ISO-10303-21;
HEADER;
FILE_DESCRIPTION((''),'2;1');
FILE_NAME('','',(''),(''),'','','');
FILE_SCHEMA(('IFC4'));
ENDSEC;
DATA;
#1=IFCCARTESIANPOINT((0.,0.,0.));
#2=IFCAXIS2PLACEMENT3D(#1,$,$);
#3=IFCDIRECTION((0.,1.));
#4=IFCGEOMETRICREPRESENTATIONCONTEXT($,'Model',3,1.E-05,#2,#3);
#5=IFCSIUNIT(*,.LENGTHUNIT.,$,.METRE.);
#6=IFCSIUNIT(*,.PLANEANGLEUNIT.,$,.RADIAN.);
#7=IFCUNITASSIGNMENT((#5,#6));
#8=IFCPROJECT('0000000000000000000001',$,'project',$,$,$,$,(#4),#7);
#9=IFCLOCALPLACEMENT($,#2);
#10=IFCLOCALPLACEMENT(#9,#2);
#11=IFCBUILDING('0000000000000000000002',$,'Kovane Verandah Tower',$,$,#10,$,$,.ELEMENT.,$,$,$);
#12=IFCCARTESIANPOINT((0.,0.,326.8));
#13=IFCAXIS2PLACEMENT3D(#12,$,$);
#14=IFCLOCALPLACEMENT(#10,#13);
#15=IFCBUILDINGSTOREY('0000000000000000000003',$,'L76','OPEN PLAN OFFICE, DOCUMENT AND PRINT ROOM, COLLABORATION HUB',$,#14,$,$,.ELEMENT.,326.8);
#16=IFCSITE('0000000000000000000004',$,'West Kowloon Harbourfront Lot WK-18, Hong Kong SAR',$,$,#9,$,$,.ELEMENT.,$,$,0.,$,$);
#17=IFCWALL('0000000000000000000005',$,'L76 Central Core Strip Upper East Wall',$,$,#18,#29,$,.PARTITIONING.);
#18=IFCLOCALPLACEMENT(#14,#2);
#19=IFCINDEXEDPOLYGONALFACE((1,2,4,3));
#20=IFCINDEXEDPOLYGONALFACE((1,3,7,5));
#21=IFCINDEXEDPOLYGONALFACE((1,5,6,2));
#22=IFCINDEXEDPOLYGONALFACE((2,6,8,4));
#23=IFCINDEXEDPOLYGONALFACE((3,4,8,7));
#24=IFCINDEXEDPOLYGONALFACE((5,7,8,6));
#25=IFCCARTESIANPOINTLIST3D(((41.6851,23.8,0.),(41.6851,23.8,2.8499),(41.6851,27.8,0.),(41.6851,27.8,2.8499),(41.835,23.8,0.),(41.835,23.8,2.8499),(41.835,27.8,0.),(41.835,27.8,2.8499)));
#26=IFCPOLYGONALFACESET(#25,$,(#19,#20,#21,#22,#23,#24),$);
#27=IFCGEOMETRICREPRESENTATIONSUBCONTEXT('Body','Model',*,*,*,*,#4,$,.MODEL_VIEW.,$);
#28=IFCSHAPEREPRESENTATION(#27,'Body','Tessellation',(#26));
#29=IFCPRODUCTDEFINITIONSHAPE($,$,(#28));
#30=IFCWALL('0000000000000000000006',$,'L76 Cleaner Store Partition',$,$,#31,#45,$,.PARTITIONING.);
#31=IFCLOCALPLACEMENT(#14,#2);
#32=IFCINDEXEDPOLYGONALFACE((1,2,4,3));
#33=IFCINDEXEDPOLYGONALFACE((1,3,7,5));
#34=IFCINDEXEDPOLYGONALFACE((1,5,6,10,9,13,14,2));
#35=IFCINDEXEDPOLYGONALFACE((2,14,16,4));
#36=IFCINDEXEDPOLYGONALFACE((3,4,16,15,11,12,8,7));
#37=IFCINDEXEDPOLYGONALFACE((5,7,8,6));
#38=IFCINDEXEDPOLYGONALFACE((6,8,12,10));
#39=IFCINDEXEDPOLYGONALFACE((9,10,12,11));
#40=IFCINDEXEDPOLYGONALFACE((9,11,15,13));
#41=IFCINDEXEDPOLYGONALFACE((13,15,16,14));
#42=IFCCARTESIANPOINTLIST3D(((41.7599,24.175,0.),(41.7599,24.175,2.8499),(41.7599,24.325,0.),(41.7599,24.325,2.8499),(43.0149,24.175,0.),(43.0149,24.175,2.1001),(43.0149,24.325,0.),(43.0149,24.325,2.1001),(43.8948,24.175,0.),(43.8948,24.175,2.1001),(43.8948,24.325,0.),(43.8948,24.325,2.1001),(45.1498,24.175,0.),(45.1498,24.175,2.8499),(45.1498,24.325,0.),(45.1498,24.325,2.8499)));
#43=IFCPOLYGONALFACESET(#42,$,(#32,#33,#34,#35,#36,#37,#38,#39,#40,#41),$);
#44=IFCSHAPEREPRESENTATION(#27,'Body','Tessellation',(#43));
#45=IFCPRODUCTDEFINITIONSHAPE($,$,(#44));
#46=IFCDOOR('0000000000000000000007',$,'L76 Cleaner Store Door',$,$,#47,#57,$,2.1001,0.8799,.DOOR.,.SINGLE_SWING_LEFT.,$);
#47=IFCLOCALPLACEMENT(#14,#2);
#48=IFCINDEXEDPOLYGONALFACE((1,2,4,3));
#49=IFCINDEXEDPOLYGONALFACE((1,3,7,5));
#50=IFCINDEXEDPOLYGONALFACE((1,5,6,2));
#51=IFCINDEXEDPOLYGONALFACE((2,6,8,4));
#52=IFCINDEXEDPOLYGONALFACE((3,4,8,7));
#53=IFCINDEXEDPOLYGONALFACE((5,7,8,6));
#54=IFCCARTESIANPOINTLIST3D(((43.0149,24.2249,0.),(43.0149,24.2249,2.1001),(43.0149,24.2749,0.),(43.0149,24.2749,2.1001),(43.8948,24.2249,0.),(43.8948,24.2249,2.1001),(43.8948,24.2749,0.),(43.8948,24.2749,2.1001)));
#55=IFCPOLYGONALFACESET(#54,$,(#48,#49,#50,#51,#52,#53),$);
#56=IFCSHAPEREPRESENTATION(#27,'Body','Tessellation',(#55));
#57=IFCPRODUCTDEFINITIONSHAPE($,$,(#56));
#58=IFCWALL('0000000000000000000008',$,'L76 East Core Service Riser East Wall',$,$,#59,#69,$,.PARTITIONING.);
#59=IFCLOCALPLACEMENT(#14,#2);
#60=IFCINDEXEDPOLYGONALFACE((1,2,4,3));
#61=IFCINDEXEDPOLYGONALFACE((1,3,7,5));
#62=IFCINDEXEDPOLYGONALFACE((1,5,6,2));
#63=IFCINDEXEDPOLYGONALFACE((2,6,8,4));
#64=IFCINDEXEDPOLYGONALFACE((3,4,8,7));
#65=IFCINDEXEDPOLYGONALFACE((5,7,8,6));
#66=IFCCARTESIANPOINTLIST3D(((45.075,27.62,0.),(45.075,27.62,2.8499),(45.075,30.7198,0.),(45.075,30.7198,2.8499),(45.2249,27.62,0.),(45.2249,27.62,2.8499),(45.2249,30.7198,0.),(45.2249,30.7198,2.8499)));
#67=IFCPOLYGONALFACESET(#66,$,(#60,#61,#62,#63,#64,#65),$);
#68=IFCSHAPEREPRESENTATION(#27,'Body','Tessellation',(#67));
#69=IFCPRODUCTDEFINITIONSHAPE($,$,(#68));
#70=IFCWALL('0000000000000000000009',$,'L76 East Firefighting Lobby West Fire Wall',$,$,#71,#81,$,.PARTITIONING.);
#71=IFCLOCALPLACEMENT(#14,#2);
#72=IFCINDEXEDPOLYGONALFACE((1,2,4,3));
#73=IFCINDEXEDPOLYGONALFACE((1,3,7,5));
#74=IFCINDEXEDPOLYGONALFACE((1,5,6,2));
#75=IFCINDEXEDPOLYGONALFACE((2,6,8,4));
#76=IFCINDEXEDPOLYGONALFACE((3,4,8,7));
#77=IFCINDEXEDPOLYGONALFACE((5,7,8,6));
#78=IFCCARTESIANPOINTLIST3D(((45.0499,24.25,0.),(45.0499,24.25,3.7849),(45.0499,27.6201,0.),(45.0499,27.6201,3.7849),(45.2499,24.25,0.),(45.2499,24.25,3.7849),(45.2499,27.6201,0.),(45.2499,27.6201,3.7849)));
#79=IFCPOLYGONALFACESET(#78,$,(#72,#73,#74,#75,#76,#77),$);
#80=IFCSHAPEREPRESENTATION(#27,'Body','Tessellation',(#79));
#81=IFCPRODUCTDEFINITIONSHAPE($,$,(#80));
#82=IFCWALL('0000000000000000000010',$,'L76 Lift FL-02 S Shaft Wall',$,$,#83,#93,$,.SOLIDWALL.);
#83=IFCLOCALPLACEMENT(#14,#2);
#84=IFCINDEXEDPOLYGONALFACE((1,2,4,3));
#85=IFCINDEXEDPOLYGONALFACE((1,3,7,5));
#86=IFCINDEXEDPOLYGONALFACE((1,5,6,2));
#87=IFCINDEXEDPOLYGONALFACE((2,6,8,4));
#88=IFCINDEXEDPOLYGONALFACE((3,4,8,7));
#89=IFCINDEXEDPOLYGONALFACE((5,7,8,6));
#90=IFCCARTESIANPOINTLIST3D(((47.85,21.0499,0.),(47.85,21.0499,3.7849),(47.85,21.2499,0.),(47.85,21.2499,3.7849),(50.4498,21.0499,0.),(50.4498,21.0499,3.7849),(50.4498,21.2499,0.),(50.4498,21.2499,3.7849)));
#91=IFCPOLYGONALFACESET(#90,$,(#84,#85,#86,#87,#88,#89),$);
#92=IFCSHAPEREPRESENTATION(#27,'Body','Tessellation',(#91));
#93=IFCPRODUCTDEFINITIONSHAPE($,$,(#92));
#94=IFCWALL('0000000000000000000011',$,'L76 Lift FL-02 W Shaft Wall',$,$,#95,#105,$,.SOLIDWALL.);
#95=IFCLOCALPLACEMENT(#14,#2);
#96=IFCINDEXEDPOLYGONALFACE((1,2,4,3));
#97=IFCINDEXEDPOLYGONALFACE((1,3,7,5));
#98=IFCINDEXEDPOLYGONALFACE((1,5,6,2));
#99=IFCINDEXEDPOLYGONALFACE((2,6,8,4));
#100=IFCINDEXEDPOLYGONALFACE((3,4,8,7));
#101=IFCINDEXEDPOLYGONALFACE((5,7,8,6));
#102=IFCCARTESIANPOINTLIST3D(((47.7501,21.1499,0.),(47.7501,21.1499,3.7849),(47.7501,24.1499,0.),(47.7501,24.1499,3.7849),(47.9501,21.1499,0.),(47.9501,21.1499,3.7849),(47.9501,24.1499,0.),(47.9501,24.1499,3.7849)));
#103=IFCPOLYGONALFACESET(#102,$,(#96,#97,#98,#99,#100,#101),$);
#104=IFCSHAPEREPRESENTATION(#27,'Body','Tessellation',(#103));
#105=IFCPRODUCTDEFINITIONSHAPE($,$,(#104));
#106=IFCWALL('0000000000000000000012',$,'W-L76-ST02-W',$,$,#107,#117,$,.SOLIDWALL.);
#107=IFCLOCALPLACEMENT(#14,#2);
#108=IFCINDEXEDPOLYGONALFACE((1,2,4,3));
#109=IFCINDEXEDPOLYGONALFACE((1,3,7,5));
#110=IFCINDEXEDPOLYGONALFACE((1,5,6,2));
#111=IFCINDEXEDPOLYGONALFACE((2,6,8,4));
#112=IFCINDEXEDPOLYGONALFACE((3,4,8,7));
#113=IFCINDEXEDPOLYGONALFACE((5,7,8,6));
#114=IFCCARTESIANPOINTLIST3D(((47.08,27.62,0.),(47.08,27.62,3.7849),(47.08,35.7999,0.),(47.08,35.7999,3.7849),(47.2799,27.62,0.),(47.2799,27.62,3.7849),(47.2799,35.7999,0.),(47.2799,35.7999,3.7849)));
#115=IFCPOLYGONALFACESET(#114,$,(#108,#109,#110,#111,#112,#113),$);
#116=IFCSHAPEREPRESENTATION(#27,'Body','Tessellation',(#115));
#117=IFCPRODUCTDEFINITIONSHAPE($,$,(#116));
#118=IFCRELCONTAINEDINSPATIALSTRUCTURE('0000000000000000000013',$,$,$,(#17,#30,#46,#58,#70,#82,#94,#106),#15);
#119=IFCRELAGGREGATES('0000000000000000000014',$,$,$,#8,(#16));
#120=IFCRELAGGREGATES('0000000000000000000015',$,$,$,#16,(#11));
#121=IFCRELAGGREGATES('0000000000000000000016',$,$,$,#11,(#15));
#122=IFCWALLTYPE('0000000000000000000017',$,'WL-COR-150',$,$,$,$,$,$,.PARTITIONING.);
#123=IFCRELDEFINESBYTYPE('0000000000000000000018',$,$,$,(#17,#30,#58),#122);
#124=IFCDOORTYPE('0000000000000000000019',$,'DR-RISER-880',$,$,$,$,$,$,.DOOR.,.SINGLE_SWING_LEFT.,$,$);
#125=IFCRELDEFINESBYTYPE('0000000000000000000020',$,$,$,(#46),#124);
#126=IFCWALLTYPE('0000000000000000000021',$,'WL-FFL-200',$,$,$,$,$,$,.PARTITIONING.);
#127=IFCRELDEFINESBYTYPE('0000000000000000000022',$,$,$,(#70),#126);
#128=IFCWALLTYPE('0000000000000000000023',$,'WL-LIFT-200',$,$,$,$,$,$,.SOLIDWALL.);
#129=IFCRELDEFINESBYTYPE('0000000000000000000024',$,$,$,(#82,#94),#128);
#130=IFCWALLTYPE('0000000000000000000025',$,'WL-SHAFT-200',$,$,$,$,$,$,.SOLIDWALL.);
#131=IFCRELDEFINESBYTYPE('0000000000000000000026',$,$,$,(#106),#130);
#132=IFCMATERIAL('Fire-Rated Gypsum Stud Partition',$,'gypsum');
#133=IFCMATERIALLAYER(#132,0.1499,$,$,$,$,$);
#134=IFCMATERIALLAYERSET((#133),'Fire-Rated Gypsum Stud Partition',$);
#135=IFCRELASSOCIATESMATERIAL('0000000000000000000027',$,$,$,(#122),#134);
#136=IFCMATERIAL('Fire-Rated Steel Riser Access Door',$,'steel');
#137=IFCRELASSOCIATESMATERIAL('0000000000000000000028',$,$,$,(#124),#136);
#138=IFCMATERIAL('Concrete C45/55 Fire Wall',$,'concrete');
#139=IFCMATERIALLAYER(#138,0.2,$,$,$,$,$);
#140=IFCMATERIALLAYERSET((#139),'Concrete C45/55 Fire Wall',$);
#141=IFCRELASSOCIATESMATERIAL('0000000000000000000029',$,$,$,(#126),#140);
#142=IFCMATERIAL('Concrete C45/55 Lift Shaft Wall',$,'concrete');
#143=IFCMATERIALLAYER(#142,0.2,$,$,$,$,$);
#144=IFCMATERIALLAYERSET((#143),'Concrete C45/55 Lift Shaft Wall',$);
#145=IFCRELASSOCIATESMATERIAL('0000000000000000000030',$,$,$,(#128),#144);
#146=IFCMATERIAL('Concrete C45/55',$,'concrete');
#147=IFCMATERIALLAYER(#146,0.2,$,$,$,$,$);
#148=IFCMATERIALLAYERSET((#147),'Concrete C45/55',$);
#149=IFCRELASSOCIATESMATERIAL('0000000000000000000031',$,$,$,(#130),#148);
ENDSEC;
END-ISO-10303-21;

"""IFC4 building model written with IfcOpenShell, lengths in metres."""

from ifc_helpers import new_model, si_unit, direction, frame, frame_2d, origin, place, context, subcontext, project, spatial, rectangle, extrude, material, layer, layer_set, type_object, element, fill, save


model = new_model("IFC4")

# Units and contexts
model_context = context("Model", 3, precision=1e-05, world=origin(), true_north=direction((0.0, 1.0)))
body_context = subcontext(model_context, "Body", "Model", "MODEL_VIEW")
ifc_project = project(units=[si_unit("LENGTHUNIT", "METRE"), si_unit("PLANEANGLEUNIT", "RADIAN")], contexts=[model_context])

# Site, building, storey
site_placement = place(None, origin())
site = spatial("IfcSite", under=ifc_project, at=site_placement, Name="West Kowloon Harbourfront Lot WK-18, Hong Kong SAR", CompositionType="ELEMENT", RefElevation=0.0)
building_placement = place(site_placement, origin())
building = spatial("IfcBuilding", under=site, at=building_placement, Name="Kovane Verandah Tower", CompositionType="ELEMENT")
storey_placement = place(building_placement, frame((0.0, 0.0, 326.8)))
storey = spatial("IfcBuildingStorey", under=building, at=storey_placement, Name="L76", Description="OPEN PLAN OFFICE, DOCUMENT AND PRINT ROOM, COLLABORATION HUB", CompositionType="ELEMENT", Elevation=326.8)

# Wall
ifc_material_1 = material(Name="Fire-Rated Gypsum Stud Partition", Category="gypsum")
ifc_layer_1 = layer(ifc_material_1, 0.1499)
ifc_layer_set_1 = layer_set([ifc_layer_1], Name="Fire-Rated Gypsum Stud Partition")
wall_type_1 = type_object("IfcWallType", Name="WL-COR-150", PredefinedType="PARTITIONING", material=ifc_layer_set_1)
wall_1_placement = place(storey_placement, frame((41.76, 23.8, 0.0), z_axis=(0.0, 0.0, 1.0), x_axis=(0.0, 1.0, 0.0)))
element("IfcWall", 1, at=wall_1_placement, inside=storey, type_object=wall_type_1, Name="L76 Central Core Strip Upper East Wall", PredefinedType="PARTITIONING", context=body_context, shape_type="SweptSolid", body=[
    extrude(rectangle(XDim=4.0, YDim=0.1499, at=frame_2d((2.0, 0.0))), origin(), (0.0, 0.0, 1.0), 2.8499),
])

# Wall, opening, door
wall_2_placement = place(storey_placement, frame((41.76, 24.25, 0.0), z_axis=(0.0, 0.0, 1.0), x_axis=(1.0, 0.0, 0.0)))
wall_2 = element("IfcWall", 2, at=wall_2_placement, inside=storey, type_object=wall_type_1, Name="L76 Cleaner Store Partition", PredefinedType="PARTITIONING", context=body_context, shape_type="SweptSolid", body=[
    extrude(rectangle(XDim=3.3899, YDim=0.1499, at=frame_2d((1.6948, 0.0))), origin(), (0.0, 0.0, 1.0), 2.8499),
])
opening_1_placement = place(wall_2_placement, frame((1.2549, 0.0, 0.0)))
opening_1 = element("IfcOpeningElement", 3, at=opening_1_placement, cuts=wall_2, PredefinedType="OPENING", context=body_context, shape_type="SweptSolid", body=[
    extrude(rectangle(XDim=0.8799, YDim=2.1001, at=frame_2d((0.4399, 1.05))), frame((0.0, 0.075, 0.0), z_axis=(0.0, -1.0, 0.0), x_axis=(1.0, 0.0, 0.0)), (0.0, 0.0, 1.0), 0.1499),
])
ifc_material_2 = material(Name="Fire-Rated Steel Riser Access Door", Category="steel")
door_type_1 = type_object("IfcDoorType", Name="DR-RISER-880", OperationType="SINGLE_SWING_LEFT", PredefinedType="DOOR", material=ifc_material_2)
door_1_placement = place(opening_1_placement, origin())
door_1 = element("IfcDoor", 4, at=door_1_placement, inside=storey, type_object=door_type_1, Name="L76 Cleaner Store Door", OperationType="SINGLE_SWING_LEFT", OverallHeight=2.1001, OverallWidth=0.8799, PredefinedType="DOOR", context=body_context, shape_type="SweptSolid", body=[
    extrude(rectangle(XDim=0.8799, YDim=2.1001, at=frame_2d((0.4399, 1.05))), frame((0.0, 0.0249, 0.0), z_axis=(0.0, -1.0, 0.0), x_axis=(1.0, 0.0, 0.0)), (0.0, 0.0, 1.0), 0.05),
])
fill(opening_1, door_1)

# Walls
wall_3_placement = place(storey_placement, frame((45.1499, 27.6201, 0.0), z_axis=(0.0, 0.0, 1.0), x_axis=(0.0, 1.0, 0.0)))
element("IfcWall", 5, at=wall_3_placement, inside=storey, type_object=wall_type_1, Name="L76 East Core Service Riser East Wall", PredefinedType="PARTITIONING", context=body_context, shape_type="SweptSolid", body=[
    extrude(rectangle(XDim=3.0999, YDim=0.1499, at=frame_2d((1.5498, 0.0))), origin(), (0.0, 0.0, 1.0), 2.8499),
])
ifc_material_3 = material(Name="Concrete C45/55 Fire Wall", Category="concrete")
ifc_layer_2 = layer(ifc_material_3, 0.2)
ifc_layer_set_2 = layer_set([ifc_layer_2], Name="Concrete C45/55 Fire Wall")
wall_type_2 = type_object("IfcWallType", Name="WL-FFL-200", PredefinedType="PARTITIONING", material=ifc_layer_set_2)
wall_4_placement = place(storey_placement, frame((45.1499, 24.25, 0.0), z_axis=(0.0, 0.0, 1.0), x_axis=(0.0, 1.0, 0.0)))
element("IfcWall", 6, at=wall_4_placement, inside=storey, type_object=wall_type_2, Name="L76 East Firefighting Lobby West Fire Wall", PredefinedType="PARTITIONING", context=body_context, shape_type="SweptSolid", body=[
    extrude(rectangle(XDim=3.3701, YDim=0.2, at=frame_2d((1.6851, 0.0))), origin(), (0.0, 0.0, 1.0), 3.7849),
])

# Wall
ifc_material_4 = material(Name="Concrete C45/55 Lift Shaft Wall", Category="concrete")
ifc_layer_3 = layer(ifc_material_4, 0.2)
ifc_layer_set_3 = layer_set([ifc_layer_3], Name="Concrete C45/55 Lift Shaft Wall")
wall_type_3 = type_object("IfcWallType", Name="WL-LIFT-200", PredefinedType="SOLIDWALL", material=ifc_layer_set_3)
wall_5_placement = place(storey_placement, frame((47.8501, 21.1499, 0.0), z_axis=(0.0, 0.0, 1.0), x_axis=(1.0, 0.0, 0.0)))
element("IfcWall", 7, at=wall_5_placement, inside=storey, type_object=wall_type_3, Name="L76 Lift FL-02 S Shaft Wall", PredefinedType="SOLIDWALL", context=body_context, shape_type="SweptSolid", body=[
    extrude(rectangle(XDim=2.5999, YDim=0.2, at=frame_2d((1.2998, 0.0))), origin(), (0.0, 0.0, 1.0), 3.7849),
])

# Walls
wall_6_placement = place(storey_placement, frame((47.8501, 24.1499, 0.0), z_axis=(0.0, 0.0, 1.0), x_axis=(0.0, -1.0, 0.0)))
element("IfcWall", 8, at=wall_6_placement, inside=storey, type_object=wall_type_3, Name="L76 Lift FL-02 W Shaft Wall", PredefinedType="SOLIDWALL", context=body_context, shape_type="SweptSolid", body=[
    extrude(rectangle(XDim=3.0, YDim=0.2, at=frame_2d((1.5, 0.0))), origin(), (0.0, 0.0, 1.0), 3.7849),
])
ifc_material_5 = material(Name="Concrete C45/55", Category="concrete")
ifc_layer_4 = layer(ifc_material_5, 0.2)
ifc_layer_set_4 = layer_set([ifc_layer_4], Name="Concrete C45/55")
wall_type_4 = type_object("IfcWallType", Name="WL-SHAFT-200", PredefinedType="SOLIDWALL", material=ifc_layer_set_4)
wall_7_placement = place(storey_placement, frame((47.1799, 27.6201, 0.0), z_axis=(0.0, 0.0, 1.0), x_axis=(0.0, 1.0, 0.0)))
element("IfcWall", 9, at=wall_7_placement, inside=storey, type_object=wall_type_4, Name="W-L76-ST02-W", PredefinedType="SOLIDWALL", context=body_context, shape_type="SweptSolid", body=[
    extrude(rectangle(XDim=8.1799, YDim=0.2, at=frame_2d((4.0898, 0.0))), origin(), (0.0, 0.0, 1.0), 3.7849),
])

save(model, "model.ifc")
